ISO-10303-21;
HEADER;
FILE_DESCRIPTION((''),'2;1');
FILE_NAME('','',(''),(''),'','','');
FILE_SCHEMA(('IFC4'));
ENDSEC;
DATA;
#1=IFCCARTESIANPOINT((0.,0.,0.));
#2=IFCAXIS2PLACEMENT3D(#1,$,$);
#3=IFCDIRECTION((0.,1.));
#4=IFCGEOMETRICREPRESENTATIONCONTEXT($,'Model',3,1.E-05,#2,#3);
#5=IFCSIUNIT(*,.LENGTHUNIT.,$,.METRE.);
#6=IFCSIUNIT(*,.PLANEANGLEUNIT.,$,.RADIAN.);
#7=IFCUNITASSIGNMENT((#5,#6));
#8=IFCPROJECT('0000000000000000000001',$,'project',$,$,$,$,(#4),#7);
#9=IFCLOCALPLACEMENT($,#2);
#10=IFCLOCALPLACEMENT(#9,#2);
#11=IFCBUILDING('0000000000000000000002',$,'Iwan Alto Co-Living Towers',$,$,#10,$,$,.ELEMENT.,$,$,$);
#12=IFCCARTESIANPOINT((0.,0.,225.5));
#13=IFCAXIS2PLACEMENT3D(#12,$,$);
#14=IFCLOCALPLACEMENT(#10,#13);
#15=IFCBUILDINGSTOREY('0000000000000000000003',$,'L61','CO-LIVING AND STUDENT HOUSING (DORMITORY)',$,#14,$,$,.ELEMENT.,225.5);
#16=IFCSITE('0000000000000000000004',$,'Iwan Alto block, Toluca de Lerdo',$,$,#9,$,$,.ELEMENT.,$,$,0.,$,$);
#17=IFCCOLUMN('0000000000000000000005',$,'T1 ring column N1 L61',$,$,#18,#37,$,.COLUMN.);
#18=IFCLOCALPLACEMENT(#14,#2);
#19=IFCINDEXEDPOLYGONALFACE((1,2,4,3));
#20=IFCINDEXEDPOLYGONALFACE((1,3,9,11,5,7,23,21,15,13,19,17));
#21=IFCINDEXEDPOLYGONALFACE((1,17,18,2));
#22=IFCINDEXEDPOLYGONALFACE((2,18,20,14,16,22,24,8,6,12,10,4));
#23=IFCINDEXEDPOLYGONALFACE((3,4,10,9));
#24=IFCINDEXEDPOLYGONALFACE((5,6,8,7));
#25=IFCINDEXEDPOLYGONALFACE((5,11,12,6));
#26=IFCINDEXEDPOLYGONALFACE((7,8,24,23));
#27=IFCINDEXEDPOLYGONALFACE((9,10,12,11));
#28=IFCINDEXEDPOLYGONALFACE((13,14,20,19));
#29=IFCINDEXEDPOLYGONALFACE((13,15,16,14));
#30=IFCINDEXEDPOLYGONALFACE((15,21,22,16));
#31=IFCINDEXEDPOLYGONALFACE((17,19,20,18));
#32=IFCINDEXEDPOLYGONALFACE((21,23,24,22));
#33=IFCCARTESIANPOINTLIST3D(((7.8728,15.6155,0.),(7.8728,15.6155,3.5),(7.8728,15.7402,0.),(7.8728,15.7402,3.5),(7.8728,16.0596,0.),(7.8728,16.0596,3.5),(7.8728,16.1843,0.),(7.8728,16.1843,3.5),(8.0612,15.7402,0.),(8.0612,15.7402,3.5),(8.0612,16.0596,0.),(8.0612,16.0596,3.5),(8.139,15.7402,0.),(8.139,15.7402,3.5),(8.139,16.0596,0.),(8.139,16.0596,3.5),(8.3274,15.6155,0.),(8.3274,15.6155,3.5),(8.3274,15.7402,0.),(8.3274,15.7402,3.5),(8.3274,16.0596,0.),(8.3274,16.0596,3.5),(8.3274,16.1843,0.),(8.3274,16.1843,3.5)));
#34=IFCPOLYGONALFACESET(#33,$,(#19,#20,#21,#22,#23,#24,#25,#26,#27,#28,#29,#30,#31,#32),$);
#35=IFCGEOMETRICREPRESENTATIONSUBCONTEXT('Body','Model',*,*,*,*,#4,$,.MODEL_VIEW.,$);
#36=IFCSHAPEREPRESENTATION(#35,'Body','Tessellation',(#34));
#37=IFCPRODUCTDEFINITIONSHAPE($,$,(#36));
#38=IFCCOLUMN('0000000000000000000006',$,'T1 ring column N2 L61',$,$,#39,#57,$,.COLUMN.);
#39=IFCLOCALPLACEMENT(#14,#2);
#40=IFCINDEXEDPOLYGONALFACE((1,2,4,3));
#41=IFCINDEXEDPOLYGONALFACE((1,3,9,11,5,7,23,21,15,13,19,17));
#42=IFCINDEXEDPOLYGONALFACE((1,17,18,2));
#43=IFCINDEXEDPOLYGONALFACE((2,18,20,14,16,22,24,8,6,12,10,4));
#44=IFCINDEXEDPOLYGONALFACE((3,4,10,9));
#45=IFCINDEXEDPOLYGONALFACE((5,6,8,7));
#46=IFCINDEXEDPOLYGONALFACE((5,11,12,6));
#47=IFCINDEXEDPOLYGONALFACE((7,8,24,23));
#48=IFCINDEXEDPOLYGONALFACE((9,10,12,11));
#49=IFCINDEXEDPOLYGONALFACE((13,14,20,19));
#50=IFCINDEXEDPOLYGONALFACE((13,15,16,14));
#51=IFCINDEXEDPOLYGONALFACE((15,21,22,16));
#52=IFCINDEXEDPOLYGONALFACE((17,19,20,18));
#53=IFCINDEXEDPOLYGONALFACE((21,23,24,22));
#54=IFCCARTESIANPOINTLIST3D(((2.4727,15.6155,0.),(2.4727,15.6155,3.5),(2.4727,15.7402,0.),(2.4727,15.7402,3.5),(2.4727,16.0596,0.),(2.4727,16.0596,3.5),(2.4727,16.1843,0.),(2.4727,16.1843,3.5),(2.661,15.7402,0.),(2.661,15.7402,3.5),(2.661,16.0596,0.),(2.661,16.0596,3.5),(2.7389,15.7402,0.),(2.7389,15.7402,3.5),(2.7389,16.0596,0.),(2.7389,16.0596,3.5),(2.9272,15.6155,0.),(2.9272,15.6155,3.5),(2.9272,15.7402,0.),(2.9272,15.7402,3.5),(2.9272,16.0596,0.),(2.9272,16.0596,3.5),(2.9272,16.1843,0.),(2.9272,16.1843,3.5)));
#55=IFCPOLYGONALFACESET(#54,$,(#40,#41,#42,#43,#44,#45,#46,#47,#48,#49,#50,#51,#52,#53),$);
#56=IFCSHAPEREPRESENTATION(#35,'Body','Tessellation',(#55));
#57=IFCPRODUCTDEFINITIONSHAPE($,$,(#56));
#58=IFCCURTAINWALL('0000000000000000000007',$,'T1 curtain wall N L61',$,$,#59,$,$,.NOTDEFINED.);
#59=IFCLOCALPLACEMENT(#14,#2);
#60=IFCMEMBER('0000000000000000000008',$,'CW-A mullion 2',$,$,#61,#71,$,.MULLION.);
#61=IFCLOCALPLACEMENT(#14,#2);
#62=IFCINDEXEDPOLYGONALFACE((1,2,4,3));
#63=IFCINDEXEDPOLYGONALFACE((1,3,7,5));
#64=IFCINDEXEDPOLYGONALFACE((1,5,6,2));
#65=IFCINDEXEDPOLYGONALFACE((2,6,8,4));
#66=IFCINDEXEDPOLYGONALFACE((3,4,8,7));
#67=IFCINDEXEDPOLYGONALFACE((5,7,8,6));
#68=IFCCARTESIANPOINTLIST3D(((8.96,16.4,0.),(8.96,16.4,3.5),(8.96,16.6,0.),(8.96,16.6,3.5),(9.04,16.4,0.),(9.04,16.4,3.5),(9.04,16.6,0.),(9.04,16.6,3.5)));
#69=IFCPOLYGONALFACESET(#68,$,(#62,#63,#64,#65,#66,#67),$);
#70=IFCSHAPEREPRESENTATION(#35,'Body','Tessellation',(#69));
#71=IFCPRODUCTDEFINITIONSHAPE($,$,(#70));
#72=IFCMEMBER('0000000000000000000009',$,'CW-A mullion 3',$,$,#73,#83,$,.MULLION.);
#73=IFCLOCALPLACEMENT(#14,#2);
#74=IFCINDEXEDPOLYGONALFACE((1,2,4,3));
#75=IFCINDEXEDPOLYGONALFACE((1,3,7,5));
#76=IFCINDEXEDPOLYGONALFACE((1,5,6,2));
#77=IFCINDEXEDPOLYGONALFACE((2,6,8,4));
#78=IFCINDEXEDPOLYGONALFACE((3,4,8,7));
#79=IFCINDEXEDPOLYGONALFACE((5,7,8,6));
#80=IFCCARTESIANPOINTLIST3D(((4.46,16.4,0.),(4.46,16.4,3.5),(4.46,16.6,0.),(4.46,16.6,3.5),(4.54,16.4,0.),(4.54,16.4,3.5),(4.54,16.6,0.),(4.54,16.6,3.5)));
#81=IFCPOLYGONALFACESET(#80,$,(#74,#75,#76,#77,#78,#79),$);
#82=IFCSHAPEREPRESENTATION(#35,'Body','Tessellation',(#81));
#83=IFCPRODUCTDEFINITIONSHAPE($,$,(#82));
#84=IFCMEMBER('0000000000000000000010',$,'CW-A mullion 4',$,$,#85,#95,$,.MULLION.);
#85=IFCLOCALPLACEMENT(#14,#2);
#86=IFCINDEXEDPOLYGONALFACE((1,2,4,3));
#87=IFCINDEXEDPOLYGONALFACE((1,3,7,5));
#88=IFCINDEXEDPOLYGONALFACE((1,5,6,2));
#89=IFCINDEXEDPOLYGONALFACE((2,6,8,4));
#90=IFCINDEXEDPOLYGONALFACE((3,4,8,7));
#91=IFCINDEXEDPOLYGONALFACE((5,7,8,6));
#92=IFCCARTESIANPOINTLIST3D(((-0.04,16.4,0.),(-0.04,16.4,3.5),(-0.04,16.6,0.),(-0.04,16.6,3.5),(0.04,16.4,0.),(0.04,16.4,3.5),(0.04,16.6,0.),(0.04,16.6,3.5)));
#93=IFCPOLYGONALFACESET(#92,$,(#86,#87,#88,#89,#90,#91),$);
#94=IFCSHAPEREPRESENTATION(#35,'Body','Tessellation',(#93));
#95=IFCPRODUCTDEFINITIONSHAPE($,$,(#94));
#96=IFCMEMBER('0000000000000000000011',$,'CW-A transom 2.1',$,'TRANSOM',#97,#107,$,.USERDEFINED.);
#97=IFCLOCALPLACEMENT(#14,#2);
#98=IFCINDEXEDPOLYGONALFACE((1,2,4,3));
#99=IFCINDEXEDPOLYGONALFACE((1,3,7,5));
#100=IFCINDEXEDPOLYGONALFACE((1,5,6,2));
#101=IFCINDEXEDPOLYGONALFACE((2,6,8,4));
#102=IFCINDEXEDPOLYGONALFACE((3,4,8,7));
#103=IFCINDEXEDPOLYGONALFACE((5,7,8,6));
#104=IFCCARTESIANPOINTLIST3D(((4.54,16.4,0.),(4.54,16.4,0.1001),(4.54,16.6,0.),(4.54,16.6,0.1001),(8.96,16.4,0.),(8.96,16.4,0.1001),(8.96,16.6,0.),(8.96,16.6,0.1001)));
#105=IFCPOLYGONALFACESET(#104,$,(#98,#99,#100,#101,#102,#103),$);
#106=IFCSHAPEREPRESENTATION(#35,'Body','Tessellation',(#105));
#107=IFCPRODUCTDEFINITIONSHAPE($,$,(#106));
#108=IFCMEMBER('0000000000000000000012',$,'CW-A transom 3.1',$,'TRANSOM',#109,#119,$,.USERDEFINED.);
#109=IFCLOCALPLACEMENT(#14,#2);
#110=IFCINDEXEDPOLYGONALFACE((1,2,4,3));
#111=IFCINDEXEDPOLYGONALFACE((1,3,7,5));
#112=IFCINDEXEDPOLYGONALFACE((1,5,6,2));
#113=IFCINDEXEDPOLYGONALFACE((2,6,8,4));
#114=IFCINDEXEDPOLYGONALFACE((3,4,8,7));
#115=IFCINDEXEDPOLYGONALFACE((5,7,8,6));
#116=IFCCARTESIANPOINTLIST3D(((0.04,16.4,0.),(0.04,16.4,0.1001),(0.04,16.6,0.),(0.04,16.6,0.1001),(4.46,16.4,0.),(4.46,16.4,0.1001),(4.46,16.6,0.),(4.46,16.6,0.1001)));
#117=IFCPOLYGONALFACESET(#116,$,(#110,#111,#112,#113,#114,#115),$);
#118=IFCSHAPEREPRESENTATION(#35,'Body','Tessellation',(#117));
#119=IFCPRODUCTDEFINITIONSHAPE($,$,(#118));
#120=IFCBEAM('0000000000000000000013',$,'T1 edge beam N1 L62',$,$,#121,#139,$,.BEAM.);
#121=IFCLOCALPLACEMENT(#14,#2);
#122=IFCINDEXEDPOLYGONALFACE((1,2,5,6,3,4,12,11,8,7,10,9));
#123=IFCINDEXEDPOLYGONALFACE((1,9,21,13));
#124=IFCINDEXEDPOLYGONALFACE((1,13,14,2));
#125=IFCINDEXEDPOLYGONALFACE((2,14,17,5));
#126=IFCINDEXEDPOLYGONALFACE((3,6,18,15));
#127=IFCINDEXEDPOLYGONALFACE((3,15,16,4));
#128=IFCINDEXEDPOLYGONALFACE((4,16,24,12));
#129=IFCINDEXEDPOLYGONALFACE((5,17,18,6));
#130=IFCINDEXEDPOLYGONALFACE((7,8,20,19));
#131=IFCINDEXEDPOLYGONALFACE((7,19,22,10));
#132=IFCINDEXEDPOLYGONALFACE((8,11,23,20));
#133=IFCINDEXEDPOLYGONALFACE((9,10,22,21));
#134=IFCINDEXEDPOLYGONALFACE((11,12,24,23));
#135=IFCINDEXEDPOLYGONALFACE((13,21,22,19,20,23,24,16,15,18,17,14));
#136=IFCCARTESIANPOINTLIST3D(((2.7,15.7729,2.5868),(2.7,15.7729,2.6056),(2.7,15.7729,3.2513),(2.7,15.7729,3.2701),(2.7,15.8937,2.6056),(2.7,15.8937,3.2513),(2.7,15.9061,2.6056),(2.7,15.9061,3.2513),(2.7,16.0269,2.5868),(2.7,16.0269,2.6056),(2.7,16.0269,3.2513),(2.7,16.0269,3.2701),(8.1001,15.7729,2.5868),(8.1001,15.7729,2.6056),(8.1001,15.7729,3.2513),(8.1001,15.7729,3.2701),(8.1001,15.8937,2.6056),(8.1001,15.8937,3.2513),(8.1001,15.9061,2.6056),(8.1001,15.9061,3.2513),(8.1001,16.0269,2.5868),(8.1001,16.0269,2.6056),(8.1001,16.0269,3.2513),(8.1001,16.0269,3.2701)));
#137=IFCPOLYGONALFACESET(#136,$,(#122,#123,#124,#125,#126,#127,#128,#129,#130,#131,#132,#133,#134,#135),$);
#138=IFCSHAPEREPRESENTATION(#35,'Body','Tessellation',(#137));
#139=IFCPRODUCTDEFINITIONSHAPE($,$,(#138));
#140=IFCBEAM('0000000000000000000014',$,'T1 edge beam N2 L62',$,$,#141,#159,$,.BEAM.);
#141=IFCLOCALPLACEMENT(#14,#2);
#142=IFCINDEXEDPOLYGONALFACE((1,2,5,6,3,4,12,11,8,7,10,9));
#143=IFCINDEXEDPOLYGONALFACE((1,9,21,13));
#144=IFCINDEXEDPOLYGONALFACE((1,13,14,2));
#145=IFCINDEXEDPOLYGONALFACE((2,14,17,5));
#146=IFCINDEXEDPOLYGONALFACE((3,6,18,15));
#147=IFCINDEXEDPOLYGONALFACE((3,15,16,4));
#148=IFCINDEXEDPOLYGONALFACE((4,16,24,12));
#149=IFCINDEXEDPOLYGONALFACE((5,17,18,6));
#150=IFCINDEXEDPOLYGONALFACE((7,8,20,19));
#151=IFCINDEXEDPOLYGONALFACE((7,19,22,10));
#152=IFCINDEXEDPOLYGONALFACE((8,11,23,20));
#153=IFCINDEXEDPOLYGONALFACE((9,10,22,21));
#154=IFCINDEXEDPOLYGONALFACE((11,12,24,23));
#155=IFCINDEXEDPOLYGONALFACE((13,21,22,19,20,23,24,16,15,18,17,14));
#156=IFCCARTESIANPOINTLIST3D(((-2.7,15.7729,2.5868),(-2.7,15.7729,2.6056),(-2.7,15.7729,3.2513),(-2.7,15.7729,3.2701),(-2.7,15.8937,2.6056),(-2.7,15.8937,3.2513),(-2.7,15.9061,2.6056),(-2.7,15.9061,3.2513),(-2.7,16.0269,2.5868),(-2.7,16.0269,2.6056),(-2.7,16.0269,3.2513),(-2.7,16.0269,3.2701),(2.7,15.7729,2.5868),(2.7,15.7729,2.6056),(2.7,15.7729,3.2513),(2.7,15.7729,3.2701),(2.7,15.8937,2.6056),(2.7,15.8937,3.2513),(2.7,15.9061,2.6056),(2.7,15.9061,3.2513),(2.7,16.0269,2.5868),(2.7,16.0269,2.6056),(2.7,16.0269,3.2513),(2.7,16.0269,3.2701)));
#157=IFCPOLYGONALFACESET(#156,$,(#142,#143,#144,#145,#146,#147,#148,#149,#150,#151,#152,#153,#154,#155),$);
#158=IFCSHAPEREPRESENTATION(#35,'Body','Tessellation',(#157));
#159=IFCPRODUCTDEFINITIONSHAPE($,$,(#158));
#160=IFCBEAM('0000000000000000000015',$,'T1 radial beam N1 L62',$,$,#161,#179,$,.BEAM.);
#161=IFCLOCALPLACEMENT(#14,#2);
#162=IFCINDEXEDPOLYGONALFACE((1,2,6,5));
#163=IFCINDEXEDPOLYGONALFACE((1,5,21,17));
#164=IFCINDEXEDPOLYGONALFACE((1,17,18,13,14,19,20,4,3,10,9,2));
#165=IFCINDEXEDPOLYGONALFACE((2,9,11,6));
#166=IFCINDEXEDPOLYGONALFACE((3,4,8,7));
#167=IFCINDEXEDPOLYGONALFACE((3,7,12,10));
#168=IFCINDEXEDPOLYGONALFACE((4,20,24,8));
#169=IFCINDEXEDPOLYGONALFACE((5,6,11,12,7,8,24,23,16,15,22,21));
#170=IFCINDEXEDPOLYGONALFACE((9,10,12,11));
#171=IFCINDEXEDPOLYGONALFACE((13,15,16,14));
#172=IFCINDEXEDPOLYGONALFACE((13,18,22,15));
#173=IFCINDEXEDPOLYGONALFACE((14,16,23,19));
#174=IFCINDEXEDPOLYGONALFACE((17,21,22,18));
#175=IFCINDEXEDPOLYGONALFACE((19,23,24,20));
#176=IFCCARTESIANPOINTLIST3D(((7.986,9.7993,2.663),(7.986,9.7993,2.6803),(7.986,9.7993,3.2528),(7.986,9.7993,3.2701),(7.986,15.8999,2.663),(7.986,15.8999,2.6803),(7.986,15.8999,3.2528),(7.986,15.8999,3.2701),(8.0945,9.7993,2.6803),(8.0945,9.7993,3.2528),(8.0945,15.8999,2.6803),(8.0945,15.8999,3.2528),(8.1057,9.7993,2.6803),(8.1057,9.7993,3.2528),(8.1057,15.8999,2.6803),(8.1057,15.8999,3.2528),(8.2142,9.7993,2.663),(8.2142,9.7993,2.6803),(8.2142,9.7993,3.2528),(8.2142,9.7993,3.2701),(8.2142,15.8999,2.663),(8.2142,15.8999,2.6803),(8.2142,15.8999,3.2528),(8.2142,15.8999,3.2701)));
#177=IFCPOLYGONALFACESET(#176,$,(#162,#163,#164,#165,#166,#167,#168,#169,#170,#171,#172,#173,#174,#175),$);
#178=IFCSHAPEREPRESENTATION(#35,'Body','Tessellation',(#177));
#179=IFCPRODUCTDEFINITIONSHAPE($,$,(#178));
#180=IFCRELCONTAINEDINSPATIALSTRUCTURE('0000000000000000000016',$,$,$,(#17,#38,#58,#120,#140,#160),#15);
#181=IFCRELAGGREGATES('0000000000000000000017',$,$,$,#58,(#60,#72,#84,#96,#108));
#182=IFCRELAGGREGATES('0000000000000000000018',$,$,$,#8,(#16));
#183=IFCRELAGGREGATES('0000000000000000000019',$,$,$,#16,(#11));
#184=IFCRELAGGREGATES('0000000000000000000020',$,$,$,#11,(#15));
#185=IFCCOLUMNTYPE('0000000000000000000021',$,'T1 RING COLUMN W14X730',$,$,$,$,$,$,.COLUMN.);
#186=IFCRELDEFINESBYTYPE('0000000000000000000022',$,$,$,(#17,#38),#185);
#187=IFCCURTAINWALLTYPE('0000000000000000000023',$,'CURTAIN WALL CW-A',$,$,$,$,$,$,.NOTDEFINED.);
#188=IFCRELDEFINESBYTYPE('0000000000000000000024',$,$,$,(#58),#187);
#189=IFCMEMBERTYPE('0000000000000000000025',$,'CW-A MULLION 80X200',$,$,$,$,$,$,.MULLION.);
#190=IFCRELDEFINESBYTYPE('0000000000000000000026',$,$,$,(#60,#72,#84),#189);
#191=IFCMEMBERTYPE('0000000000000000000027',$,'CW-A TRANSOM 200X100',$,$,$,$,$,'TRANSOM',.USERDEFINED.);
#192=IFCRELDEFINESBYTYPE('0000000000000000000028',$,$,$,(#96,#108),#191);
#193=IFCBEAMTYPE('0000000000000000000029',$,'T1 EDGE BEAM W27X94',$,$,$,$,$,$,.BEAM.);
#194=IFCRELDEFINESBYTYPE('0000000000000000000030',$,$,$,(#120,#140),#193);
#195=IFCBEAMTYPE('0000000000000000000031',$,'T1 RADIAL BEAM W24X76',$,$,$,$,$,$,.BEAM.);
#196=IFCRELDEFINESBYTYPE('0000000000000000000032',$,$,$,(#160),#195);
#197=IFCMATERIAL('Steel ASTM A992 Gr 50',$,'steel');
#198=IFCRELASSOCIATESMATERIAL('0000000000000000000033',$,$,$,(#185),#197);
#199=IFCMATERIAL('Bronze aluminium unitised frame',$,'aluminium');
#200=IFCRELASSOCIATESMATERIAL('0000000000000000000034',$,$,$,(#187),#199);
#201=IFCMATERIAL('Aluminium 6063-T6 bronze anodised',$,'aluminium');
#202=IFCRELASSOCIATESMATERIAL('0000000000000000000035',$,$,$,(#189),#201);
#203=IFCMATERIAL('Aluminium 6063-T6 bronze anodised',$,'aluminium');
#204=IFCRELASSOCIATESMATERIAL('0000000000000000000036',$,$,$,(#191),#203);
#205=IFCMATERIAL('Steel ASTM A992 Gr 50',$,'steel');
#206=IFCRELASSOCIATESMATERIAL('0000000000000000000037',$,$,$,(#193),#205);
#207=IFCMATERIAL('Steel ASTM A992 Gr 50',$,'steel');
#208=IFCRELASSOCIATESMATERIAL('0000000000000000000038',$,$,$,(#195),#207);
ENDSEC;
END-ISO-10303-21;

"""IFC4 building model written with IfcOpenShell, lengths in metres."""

from ifc_helpers import new_model, si_unit, direction, frame, origin, origin_2d, place, context, subcontext, project, spatial, rectangle, i_section, extrude, material, material_profile, profile_set, type_object, element, aggregate, save


model = new_model("IFC4")

# Units and contexts
model_context = context("Model", 3, precision=1e-05, world=origin(), true_north=direction((0.0, 1.0)))
body_context = subcontext(model_context, "Body", "Model", "MODEL_VIEW")
ifc_project = project(units=[si_unit("LENGTHUNIT", "METRE"), si_unit("PLANEANGLEUNIT", "RADIAN")], contexts=[model_context])

# Site, building, storey
site_placement = place(None, origin())
site = spatial("IfcSite", under=ifc_project, at=site_placement, Name="Iwan Alto block, Toluca de Lerdo", CompositionType="ELEMENT", RefElevation=0.0)
building_placement = place(site_placement, origin())
building = spatial("IfcBuilding", under=site, at=building_placement, Name="Iwan Alto Co-Living Towers", CompositionType="ELEMENT")
storey_placement = place(building_placement, frame((0.0, 0.0, 225.5)))
storey = spatial("IfcBuildingStorey", under=building, at=storey_placement, Name="L61", Description="CO-LIVING AND STUDENT HOUSING (DORMITORY)", CompositionType="ELEMENT", Elevation=225.5)

# Columns
ifc_material_1 = material(Name="Steel ASTM A992 Gr 50", Category="steel")
ifc_material_profile_1 = material_profile(ifc_material_1, i_section(OverallWidth=0.4546, OverallDepth=0.5688, WebThickness=0.0779, FlangeThickness=0.1248, at=origin_2d()), Name="W14X730")
ifc_profile_set_1 = profile_set([ifc_material_profile_1], Name="Steel ASTM A992 Gr 50")
column_type = type_object("IfcColumnType", Name="T1 RING COLUMN W14X730", PredefinedType="COLUMN", material=ifc_profile_set_1)
for number, where, z_axis, x_axis, name in (
    (1, (8.1001, 15.8999, 0.0), (0.0, 0.0, 1.0), (1.0, 0.0, 0.0), "T1 ring column N1 L61"),
    (2, (2.7, 15.8999, 0.0), (0.0, 0.0, 1.0), (1.0, 0.0, 0.0), "T1 ring column N2 L61"),
):
    element("IfcColumn", number, at=place(storey_placement, frame(where, z_axis=z_axis, x_axis=x_axis)), inside=storey, type_object=column_type, Name=name, PredefinedType="COLUMN", context=body_context, shape_type="SweptSolid", body=[
        extrude(i_section(OverallWidth=0.4546, OverallDepth=0.5688, WebThickness=0.0779, FlangeThickness=0.1248, at=origin_2d()), origin(), (0.0, 0.0, 1.0), 3.5),
    ])

# Curtain wall, members
ifc_material_2 = material(Name="Bronze aluminium unitised frame", Category="aluminium")
curtain_wall_type = type_object("IfcCurtainWallType", Name="CURTAIN WALL CW-A", PredefinedType="NOTDEFINED", material=ifc_material_2)
curtain_wall_placement = place(storey_placement, origin())
curtain_wall = element("IfcCurtainWall", 3, at=curtain_wall_placement, inside=storey, type_object=curtain_wall_type, Name="T1 curtain wall N L61", PredefinedType="NOTDEFINED")
ifc_material_3 = material(Name="Aluminium 6063-T6 bronze anodised", Category="aluminium")
ifc_material_profile_2 = material_profile(ifc_material_3, rectangle(XDim=0.2, YDim=0.0801, at=origin_2d()), Name="AL 80X200")
ifc_profile_set_2 = profile_set([ifc_material_profile_2], Name="Aluminium 6063-T6 bronze anodised")
member_type_1 = type_object("IfcMemberType", Name="CW-A MULLION 80X200", PredefinedType="MULLION", material=ifc_profile_set_2)
member_1_placement = place(storey_placement, frame((9.0, 16.5, 0.0), z_axis=(0.0, 0.0, 1.0), x_axis=(0.0, -1.0, 0.0)))
member_1 = element("IfcMember", 4, at=member_1_placement, type_object=member_type_1, Name="CW-A mullion 2", PredefinedType="MULLION", context=body_context, shape_type="SweptSolid", body=[
    extrude(rectangle(XDim=0.2, YDim=0.0801, at=origin_2d()), origin(), (0.0, 0.0, 1.0), 3.5),
])
member_2_placement = place(storey_placement, frame((4.5, 16.5, 0.0), z_axis=(0.0, 0.0, 1.0), x_axis=(0.0, -1.0, 0.0)))
member_2 = element("IfcMember", 5, at=member_2_placement, type_object=member_type_1, Name="CW-A mullion 3", PredefinedType="MULLION", context=body_context, shape_type="SweptSolid", body=[
    extrude(rectangle(XDim=0.2, YDim=0.0801, at=origin_2d()), origin(), (0.0, 0.0, 1.0), 3.5),
])
member_3_placement = place(storey_placement, frame((0.0, 16.5, 0.0), z_axis=(0.0, 0.0, 1.0), x_axis=(0.0, -1.0, 0.0)))
member_3 = element("IfcMember", 6, at=member_3_placement, type_object=member_type_1, Name="CW-A mullion 4", PredefinedType="MULLION", context=body_context, shape_type="SweptSolid", body=[
    extrude(rectangle(XDim=0.2, YDim=0.0801, at=origin_2d()), origin(), (0.0, 0.0, 1.0), 3.5),
])
ifc_material_4 = material(Name="Aluminium 6063-T6 bronze anodised", Category="aluminium")
ifc_material_profile_3 = material_profile(ifc_material_4, rectangle(XDim=0.2, YDim=0.1001, at=origin_2d()), Name="AL 200X100")
ifc_profile_set_3 = profile_set([ifc_material_profile_3], Name="Aluminium 6063-T6 bronze anodised")
member_type_2 = type_object("IfcMemberType", Name="CW-A TRANSOM 200X100", ElementType="TRANSOM", PredefinedType="USERDEFINED", material=ifc_profile_set_3)
member_4_placement = place(storey_placement, frame((8.96, 16.5, 0.05), z_axis=(-1.0, 0.0, 0.0), x_axis=(0.0, -1.0, 0.0)))
member_4 = element("IfcMember", 7, at=member_4_placement, type_object=member_type_2, Name="CW-A transom 2.1", ObjectType="TRANSOM", PredefinedType="USERDEFINED", context=body_context, shape_type="SweptSolid", body=[
    extrude(rectangle(XDim=0.2, YDim=0.1001, at=origin_2d()), origin(), (0.0, 0.0, 1.0), 4.4199),
])
member_5_placement = place(storey_placement, frame((4.46, 16.5, 0.05), z_axis=(-1.0, 0.0, 0.0), x_axis=(0.0, -1.0, 0.0)))
member_5 = element("IfcMember", 8, at=member_5_placement, type_object=member_type_2, Name="CW-A transom 3.1", ObjectType="TRANSOM", PredefinedType="USERDEFINED", context=body_context, shape_type="SweptSolid", body=[
    extrude(rectangle(XDim=0.2, YDim=0.1001, at=origin_2d()), origin(), (0.0, 0.0, 1.0), 4.4199),
])

# Beams
ifc_material_5 = material(Name="Steel ASTM A992 Gr 50", Category="steel")
ifc_material_profile_4 = material_profile(ifc_material_5, i_section(OverallWidth=0.2539, OverallDepth=0.6833, WebThickness=0.0125, FlangeThickness=0.0188, at=origin_2d()), Name="W27X94")
ifc_profile_set_4 = profile_set([ifc_material_profile_4], Name="Steel ASTM A992 Gr 50")
beam_type_1 = type_object("IfcBeamType", Name="T1 EDGE BEAM W27X94", PredefinedType="BEAM", material=ifc_profile_set_4)
beam_1_placement = place(storey_placement, frame((8.1001, 15.8999, 2.9285), z_axis=(-1.0, 0.0, 0.0), x_axis=(0.0, -1.0, 0.0)))
element("IfcBeam", 9, at=beam_1_placement, inside=storey, type_object=beam_type_1, Name="T1 edge beam N1 L62", PredefinedType="BEAM", context=body_context, shape_type="SweptSolid", body=[
    extrude(i_section(OverallWidth=0.2539, OverallDepth=0.6833, WebThickness=0.0125, FlangeThickness=0.0188, at=origin_2d()), origin(), (0.0, 0.0, 1.0), 5.4001),
])
beam_2_placement = place(storey_placement, frame((2.7, 15.8999, 2.9285), z_axis=(-1.0, 0.0, 0.0), x_axis=(0.0, -1.0, 0.0)))
element("IfcBeam", 10, at=beam_2_placement, inside=storey, type_object=beam_type_1, Name="T1 edge beam N2 L62", PredefinedType="BEAM", context=body_context, shape_type="SweptSolid", body=[
    extrude(i_section(OverallWidth=0.2539, OverallDepth=0.6833, WebThickness=0.0125, FlangeThickness=0.0188, at=origin_2d()), origin(), (0.0, 0.0, 1.0), 5.3999),
])
ifc_material_6 = material(Name="Steel ASTM A992 Gr 50", Category="steel")
ifc_material_profile_5 = material_profile(ifc_material_6, i_section(OverallWidth=0.2283, OverallDepth=0.6072, WebThickness=0.0112, FlangeThickness=0.0173, at=origin_2d()), Name="W24X76")
ifc_profile_set_5 = profile_set([ifc_material_profile_5], Name="Steel ASTM A992 Gr 50")
beam_type_2 = type_object("IfcBeamType", Name="T1 RADIAL BEAM W24X76", PredefinedType="BEAM", material=ifc_profile_set_5)
for number, where, z_axis, x_axis, name in (
    (11, (8.1001, 15.8999, 2.9666), (0.0, -1.0, 0.0), (1.0, 0.0, 0.0), "T1 radial beam N1 L62"),
):
    element("IfcBeam", number, at=place(storey_placement, frame(where, z_axis=z_axis, x_axis=x_axis)), inside=storey, type_object=beam_type_2, Name=name, PredefinedType="BEAM", context=body_context, shape_type="SweptSolid", body=[
        extrude(i_section(OverallWidth=0.2283, OverallDepth=0.6072, WebThickness=0.0112, FlangeThickness=0.0173, at=origin_2d()), origin(), (0.0, 0.0, 1.0), 6.1006),
    ])

aggregate(curtain_wall, [member_1, member_2, member_3, member_4, member_5])

save(model, "model.ifc")
